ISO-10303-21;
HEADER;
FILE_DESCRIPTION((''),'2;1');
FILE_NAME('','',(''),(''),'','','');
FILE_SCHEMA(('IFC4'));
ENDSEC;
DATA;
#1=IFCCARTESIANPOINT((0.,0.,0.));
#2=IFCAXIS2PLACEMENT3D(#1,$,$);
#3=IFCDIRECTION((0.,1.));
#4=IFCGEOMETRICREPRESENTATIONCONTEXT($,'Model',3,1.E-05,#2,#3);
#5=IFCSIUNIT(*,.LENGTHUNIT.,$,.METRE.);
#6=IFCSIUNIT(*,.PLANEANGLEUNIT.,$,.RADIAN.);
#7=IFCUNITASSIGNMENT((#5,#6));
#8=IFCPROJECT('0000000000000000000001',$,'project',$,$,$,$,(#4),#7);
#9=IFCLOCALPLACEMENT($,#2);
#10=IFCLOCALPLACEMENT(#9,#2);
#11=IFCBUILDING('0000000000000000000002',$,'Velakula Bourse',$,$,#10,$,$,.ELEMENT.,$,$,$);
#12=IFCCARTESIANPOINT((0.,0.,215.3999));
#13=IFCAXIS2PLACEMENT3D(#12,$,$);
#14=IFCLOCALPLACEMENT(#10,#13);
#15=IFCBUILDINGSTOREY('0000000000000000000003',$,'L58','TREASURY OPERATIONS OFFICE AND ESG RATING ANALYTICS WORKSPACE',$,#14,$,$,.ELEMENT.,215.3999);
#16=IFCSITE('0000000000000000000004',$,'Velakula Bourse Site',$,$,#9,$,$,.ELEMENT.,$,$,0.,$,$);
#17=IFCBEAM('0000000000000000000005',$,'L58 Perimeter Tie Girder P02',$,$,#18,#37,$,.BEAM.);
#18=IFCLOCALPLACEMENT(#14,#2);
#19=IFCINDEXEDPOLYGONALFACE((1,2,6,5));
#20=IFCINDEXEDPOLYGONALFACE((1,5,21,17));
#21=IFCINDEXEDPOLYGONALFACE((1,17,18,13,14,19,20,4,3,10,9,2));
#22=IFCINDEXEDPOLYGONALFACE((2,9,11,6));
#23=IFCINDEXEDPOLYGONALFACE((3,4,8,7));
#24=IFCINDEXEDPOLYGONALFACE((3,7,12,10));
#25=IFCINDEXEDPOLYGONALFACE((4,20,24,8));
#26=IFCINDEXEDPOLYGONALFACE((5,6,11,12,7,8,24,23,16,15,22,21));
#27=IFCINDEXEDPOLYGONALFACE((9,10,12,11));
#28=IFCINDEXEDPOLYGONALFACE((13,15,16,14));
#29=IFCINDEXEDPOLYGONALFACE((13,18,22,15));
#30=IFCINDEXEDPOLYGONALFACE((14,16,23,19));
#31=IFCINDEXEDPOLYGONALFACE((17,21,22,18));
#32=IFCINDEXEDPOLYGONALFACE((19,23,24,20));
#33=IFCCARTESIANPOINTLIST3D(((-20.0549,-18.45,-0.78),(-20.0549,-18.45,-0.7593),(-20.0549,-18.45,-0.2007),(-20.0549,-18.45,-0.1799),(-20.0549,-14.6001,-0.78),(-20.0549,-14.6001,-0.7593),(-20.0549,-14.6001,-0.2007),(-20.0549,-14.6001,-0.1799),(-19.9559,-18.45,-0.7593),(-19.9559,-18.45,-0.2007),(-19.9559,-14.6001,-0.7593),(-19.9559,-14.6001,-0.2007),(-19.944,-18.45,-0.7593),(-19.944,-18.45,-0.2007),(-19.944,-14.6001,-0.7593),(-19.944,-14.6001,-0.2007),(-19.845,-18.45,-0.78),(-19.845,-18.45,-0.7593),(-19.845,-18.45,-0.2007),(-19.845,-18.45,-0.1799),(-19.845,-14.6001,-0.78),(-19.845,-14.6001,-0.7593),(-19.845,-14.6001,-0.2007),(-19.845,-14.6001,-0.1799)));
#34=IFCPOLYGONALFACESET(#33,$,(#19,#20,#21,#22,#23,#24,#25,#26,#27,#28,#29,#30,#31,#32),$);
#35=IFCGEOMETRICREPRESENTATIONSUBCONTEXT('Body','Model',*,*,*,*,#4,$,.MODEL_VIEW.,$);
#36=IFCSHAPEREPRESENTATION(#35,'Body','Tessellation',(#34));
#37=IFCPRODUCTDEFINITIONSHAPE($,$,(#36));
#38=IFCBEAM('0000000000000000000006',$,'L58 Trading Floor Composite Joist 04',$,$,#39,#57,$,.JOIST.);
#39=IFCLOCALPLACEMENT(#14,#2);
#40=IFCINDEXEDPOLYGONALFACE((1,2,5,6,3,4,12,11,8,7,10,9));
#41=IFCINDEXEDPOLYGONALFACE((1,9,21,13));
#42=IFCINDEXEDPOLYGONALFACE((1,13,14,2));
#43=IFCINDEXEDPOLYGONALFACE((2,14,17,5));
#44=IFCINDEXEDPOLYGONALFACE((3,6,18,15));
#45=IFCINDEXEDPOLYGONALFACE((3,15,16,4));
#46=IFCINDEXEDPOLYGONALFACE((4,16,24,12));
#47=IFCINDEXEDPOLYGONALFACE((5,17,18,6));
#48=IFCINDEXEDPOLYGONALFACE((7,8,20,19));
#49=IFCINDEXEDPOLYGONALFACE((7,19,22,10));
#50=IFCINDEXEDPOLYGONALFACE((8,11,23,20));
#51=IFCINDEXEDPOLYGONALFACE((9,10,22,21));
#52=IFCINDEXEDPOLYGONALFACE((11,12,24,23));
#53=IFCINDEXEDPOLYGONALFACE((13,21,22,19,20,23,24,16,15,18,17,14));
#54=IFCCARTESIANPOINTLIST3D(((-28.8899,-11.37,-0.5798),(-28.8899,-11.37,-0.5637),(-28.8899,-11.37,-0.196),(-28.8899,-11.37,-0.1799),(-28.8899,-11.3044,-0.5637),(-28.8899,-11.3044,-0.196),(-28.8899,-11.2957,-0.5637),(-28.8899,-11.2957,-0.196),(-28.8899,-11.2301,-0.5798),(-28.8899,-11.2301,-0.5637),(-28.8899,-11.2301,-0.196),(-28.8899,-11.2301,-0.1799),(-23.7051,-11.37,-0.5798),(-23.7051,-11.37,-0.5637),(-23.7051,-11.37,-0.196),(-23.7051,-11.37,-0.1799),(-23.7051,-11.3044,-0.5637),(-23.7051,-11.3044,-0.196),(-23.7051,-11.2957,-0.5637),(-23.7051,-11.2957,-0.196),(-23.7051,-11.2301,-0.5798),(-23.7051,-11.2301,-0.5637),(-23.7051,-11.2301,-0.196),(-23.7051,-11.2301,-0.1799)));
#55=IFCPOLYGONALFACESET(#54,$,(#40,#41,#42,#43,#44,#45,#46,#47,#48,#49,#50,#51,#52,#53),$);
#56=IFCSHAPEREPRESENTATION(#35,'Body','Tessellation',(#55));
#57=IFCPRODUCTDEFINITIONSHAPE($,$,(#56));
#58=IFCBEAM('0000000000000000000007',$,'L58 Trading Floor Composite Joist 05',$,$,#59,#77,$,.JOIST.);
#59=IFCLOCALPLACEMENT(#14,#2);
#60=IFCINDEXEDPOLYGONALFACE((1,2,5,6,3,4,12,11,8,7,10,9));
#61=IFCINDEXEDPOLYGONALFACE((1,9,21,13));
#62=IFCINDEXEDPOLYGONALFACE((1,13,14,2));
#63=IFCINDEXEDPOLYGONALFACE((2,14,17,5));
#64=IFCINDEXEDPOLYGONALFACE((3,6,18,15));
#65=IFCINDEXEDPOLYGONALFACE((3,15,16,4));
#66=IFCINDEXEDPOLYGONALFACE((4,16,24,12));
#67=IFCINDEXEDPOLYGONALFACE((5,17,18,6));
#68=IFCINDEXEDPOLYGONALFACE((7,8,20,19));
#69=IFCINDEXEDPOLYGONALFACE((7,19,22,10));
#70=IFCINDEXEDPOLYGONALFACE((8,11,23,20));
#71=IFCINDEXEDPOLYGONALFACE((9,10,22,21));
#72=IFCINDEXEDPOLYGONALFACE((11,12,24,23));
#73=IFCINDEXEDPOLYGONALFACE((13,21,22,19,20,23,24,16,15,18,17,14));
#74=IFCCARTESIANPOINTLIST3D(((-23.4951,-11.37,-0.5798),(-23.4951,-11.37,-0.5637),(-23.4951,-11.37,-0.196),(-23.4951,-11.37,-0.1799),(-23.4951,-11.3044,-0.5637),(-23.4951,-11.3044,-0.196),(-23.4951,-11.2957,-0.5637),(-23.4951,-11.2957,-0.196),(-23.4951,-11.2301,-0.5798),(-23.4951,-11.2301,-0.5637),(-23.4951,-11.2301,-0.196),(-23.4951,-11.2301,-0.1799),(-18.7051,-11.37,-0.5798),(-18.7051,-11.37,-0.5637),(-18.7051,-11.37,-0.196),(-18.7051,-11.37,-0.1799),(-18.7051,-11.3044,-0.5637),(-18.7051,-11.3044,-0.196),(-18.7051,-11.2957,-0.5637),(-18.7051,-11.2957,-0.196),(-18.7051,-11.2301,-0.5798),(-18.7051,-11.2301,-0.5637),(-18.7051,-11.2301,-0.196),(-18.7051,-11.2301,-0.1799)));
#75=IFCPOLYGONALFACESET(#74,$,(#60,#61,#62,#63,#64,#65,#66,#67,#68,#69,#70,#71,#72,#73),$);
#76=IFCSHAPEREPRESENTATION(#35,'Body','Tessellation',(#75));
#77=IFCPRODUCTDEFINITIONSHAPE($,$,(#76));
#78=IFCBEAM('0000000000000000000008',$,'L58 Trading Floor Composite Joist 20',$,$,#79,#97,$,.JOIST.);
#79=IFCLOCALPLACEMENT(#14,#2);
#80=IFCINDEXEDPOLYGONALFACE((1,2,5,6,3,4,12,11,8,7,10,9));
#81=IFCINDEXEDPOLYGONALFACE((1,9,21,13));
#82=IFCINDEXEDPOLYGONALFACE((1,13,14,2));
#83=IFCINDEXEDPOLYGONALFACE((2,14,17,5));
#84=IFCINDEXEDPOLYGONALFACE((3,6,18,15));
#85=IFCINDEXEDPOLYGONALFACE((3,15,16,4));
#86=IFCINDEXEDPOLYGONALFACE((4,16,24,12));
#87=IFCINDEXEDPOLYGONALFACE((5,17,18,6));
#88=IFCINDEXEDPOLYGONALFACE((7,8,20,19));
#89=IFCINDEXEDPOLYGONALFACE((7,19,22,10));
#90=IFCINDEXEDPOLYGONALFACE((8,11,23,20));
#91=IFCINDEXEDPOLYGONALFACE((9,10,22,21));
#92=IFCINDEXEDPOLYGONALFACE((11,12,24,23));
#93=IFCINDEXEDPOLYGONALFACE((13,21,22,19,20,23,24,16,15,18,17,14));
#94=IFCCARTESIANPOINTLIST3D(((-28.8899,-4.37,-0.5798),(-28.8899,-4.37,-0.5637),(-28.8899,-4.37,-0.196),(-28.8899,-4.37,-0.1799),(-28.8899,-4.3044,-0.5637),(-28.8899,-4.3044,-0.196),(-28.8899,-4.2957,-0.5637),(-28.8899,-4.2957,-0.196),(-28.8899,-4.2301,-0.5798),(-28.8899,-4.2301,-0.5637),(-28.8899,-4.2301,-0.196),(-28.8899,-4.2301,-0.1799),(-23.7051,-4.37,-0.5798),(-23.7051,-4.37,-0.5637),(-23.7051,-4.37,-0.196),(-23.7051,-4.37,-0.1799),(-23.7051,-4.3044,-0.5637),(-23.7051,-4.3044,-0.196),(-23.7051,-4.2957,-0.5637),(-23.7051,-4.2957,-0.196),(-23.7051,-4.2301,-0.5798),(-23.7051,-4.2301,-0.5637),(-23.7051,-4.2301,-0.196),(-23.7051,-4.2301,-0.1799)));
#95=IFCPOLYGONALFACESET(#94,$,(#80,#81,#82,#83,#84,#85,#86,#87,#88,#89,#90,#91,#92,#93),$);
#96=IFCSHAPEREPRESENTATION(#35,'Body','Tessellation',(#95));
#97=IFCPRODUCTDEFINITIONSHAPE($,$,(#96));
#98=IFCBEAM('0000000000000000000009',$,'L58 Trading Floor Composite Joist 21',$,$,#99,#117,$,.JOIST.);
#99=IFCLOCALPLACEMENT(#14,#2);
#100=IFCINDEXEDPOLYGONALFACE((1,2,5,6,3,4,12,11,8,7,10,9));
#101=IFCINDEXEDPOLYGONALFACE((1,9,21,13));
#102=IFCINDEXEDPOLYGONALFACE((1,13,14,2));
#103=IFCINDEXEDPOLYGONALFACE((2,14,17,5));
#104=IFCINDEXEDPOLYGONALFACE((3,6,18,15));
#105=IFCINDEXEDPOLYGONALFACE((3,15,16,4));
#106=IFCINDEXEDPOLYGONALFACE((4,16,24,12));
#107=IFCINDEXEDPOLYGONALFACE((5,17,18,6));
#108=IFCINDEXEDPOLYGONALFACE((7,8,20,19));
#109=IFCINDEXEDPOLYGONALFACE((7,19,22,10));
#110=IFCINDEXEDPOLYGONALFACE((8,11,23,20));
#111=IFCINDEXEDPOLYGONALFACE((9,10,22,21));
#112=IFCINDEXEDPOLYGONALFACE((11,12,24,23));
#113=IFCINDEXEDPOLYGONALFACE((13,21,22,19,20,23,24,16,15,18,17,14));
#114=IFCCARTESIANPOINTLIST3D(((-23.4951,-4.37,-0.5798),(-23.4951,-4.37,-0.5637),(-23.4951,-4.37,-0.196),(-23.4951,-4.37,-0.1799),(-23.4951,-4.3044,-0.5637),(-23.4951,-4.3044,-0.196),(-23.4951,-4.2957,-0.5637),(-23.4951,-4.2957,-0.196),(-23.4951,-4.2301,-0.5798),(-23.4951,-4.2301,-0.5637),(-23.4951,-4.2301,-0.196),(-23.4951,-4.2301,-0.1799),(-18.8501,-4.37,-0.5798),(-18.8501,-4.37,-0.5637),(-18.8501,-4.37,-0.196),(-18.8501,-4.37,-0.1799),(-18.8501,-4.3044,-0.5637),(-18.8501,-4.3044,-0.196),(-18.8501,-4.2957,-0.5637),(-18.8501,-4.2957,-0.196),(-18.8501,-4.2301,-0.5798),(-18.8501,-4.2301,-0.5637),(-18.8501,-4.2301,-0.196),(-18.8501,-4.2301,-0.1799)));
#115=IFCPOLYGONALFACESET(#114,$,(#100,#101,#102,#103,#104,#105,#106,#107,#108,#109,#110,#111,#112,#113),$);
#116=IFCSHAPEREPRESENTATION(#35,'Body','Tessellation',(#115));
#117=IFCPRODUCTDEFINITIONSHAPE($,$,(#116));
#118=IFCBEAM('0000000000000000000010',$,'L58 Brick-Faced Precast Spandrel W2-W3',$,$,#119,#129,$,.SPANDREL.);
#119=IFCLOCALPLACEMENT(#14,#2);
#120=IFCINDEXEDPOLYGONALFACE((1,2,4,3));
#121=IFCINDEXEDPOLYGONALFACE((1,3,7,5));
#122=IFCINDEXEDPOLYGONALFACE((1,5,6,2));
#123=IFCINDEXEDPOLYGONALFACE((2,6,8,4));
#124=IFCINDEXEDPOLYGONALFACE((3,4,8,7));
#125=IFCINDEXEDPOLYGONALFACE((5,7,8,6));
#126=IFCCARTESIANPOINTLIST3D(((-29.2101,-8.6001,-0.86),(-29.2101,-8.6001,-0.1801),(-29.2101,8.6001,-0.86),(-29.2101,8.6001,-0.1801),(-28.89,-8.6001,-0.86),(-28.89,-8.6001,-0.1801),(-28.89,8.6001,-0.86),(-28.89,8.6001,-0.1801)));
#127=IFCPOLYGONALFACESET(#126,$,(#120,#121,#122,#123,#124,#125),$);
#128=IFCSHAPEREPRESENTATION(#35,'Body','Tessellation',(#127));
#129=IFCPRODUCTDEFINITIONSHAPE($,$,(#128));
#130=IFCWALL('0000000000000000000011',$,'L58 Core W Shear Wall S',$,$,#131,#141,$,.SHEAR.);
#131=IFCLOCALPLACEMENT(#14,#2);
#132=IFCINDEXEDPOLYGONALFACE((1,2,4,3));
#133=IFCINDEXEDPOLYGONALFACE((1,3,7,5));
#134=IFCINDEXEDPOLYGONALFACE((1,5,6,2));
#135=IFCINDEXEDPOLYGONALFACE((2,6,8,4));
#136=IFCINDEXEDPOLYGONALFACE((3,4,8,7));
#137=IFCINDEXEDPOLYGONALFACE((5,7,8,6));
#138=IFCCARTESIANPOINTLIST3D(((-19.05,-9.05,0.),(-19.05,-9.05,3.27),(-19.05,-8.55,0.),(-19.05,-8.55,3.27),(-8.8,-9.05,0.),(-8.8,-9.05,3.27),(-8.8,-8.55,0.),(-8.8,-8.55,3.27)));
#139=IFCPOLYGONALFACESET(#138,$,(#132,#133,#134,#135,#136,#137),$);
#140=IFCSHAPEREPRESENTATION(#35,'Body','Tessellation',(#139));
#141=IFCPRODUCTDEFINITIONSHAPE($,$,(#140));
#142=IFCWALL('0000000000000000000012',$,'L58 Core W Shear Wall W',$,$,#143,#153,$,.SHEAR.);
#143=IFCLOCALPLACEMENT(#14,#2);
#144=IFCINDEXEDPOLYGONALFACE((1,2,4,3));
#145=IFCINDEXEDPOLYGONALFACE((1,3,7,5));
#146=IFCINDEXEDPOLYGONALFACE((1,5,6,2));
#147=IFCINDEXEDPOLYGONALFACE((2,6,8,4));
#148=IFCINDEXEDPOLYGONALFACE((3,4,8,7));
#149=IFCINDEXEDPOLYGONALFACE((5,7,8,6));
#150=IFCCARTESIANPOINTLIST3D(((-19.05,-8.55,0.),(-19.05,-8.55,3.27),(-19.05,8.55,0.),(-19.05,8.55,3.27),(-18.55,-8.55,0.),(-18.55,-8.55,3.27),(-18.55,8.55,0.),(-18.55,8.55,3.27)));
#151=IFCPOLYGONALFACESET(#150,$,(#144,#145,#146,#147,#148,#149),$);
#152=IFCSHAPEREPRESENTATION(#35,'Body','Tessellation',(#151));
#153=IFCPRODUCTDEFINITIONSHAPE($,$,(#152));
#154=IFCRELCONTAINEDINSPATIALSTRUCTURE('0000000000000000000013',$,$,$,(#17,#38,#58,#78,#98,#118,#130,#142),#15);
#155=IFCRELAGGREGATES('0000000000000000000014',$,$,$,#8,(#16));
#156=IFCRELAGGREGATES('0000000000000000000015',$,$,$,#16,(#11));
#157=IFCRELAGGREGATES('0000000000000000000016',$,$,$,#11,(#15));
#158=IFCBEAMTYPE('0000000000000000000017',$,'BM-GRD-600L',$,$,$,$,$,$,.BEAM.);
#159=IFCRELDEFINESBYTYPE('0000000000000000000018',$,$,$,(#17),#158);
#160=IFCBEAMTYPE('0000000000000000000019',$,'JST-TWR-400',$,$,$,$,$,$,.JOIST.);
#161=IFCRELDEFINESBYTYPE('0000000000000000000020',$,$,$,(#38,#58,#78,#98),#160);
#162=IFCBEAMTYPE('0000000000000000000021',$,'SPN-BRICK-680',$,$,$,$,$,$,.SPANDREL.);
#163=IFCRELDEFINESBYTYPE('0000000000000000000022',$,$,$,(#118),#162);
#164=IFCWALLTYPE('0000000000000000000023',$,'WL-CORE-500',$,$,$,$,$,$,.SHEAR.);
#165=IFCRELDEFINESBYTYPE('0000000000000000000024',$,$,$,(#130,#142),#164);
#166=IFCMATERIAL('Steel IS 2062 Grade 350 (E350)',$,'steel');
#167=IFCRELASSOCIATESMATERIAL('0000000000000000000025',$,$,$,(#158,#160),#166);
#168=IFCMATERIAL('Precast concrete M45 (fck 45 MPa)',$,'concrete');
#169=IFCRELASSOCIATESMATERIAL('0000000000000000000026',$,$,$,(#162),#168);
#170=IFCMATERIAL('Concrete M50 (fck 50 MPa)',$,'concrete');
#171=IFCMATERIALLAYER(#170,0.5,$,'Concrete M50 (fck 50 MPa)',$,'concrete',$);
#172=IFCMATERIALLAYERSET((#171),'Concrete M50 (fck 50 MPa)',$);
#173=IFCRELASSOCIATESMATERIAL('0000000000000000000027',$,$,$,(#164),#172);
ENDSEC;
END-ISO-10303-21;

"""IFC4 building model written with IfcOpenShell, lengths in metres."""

from ifc_helpers import new_model, si_unit, direction, frame, frame_2d, origin, origin_2d, place, context, subcontext, project, spatial, rectangle, i_section, extrude, material, layer, layer_set, material_profile, profile_set, type_object, element, save


model = new_model("IFC4")

# Units and contexts
model_context = context("Model", 3, precision=1e-05, world=origin(), true_north=direction((0.0, 1.0)))
body_context = subcontext(model_context, "Body", "Model", "MODEL_VIEW")
ifc_project = project(units=[si_unit("LENGTHUNIT", "METRE"), si_unit("PLANEANGLEUNIT", "RADIAN")], contexts=[model_context])

# Site, building, storey
site_placement = place(None, origin())
site = spatial("IfcSite", under=ifc_project, at=site_placement, Name="Velakula Bourse Site", CompositionType="ELEMENT", RefElevation=0.0)
building_placement = place(site_placement, origin())
building = spatial("IfcBuilding", under=site, at=building_placement, Name="Velakula Bourse", CompositionType="ELEMENT")
storey_placement = place(building_placement, frame((0.0, 0.0, 215.3999)))
storey = spatial("IfcBuildingStorey", under=building, at=storey_placement, Name="L58", Description="TREASURY OPERATIONS OFFICE AND ESG RATING ANALYTICS WORKSPACE", CompositionType="ELEMENT", Elevation=215.3999)

# Shared definitions
ifc_material_1 = material(Name="Steel IS 2062 Grade 350 (E350)", Category="steel")

# Beams
ifc_material_profile_1 = material_profile(ifc_material_1, i_section(OverallWidth=0.21, OverallDepth=0.6001, WebThickness=0.012, FlangeThickness=0.0208, at=origin_2d()), Name="Steel IS 2062 Grade 350 (E350)")
ifc_profile_set_1 = profile_set([ifc_material_profile_1], Name="Steel IS 2062 Grade 350 (E350)")
beam_type_1 = type_object("IfcBeamType", Name="BM-GRD-600L", PredefinedType="BEAM", material=ifc_profile_set_1)
for number, where, z_axis, x_axis, name in (
    (1, (-19.95, -14.6001, -0.48), (0.0, -1.0, 0.0), (1.0, 0.0, 0.0), "L58 Perimeter Tie Girder P02"),
):
    element("IfcBeam", number, at=place(storey_placement, frame(where, z_axis=z_axis, x_axis=x_axis)), inside=storey, type_object=beam_type_1, Name=name, PredefinedType="BEAM", context=body_context, shape_type="SweptSolid", body=[
        extrude(i_section(OverallWidth=0.21, OverallDepth=0.6001, WebThickness=0.012, FlangeThickness=0.0208, at=origin_2d()), origin(), (0.0, 0.0, 1.0), 3.8499),
    ])
ifc_material_profile_2 = material_profile(ifc_material_1, i_section(OverallWidth=0.1399, OverallDepth=0.3999, WebThickness=0.0088, FlangeThickness=0.0161, at=origin_2d()), Name="Steel IS 2062 Grade 350 (E350)")
ifc_profile_set_2 = profile_set([ifc_material_profile_2], Name="Steel IS 2062 Grade 350 (E350)")
beam_type_2 = type_object("IfcBeamType", Name="JST-TWR-400", PredefinedType="JOIST", material=ifc_profile_set_2)
beam_1_placement = place(storey_placement, frame((-28.8899, -11.3, -0.3799), z_axis=(1.0, 0.0, 0.0), x_axis=(0.0, 1.0, 0.0)))
element("IfcBeam", 2, at=beam_1_placement, inside=storey, type_object=beam_type_2, Name="L58 Trading Floor Composite Joist 04", PredefinedType="JOIST", context=body_context, shape_type="SweptSolid", body=[
    extrude(i_section(OverallWidth=0.1399, OverallDepth=0.3999, WebThickness=0.0088, FlangeThickness=0.0161, at=origin_2d()), origin(), (0.0, 0.0, 1.0), 5.1848),
])
beam_2_placement = place(storey_placement, frame((-23.4951, -11.3, -0.3799), z_axis=(1.0, 0.0, 0.0), x_axis=(0.0, 1.0, 0.0)))
element("IfcBeam", 3, at=beam_2_placement, inside=storey, type_object=beam_type_2, Name="L58 Trading Floor Composite Joist 05", PredefinedType="JOIST", context=body_context, shape_type="SweptSolid", body=[
    extrude(i_section(OverallWidth=0.1399, OverallDepth=0.3999, WebThickness=0.0088, FlangeThickness=0.0161, at=origin_2d()), origin(), (0.0, 0.0, 1.0), 4.79),
])
beam_3_placement = place(storey_placement, frame((-28.8899, -4.3, -0.3799), z_axis=(1.0, 0.0, 0.0), x_axis=(0.0, 1.0, 0.0)))
element("IfcBeam", 4, at=beam_3_placement, inside=storey, type_object=beam_type_2, Name="L58 Trading Floor Composite Joist 20", PredefinedType="JOIST", context=body_context, shape_type="SweptSolid", body=[
    extrude(i_section(OverallWidth=0.1399, OverallDepth=0.3999, WebThickness=0.0088, FlangeThickness=0.0161, at=origin_2d()), origin(), (0.0, 0.0, 1.0), 5.1848),
])
beam_4_placement = place(storey_placement, frame((-23.4951, -4.3, -0.3799), z_axis=(1.0, 0.0, 0.0), x_axis=(0.0, 1.0, 0.0)))
element("IfcBeam", 5, at=beam_4_placement, inside=storey, type_object=beam_type_2, Name="L58 Trading Floor Composite Joist 21", PredefinedType="JOIST", context=body_context, shape_type="SweptSolid", body=[
    extrude(i_section(OverallWidth=0.1399, OverallDepth=0.3999, WebThickness=0.0088, FlangeThickness=0.0161, at=origin_2d()), origin(), (0.0, 0.0, 1.0), 4.645),
])
ifc_material_2 = material(Name="Precast concrete M45 (fck 45 MPa)", Category="concrete")
ifc_material_profile_3 = material_profile(ifc_material_2, rectangle(XDim=0.3201, YDim=0.6799, at=origin_2d()), Name="Precast concrete M45 (fck 45 MPa)")
ifc_profile_set_3 = profile_set([ifc_material_profile_3], Name="Precast concrete M45 (fck 45 MPa)")
beam_type_3 = type_object("IfcBeamType", Name="SPN-BRICK-680", PredefinedType="SPANDREL", material=ifc_profile_set_3)
beam_5_placement = place(storey_placement, frame((-29.05, -8.6001, -0.52), z_axis=(0.0, 1.0, 0.0), x_axis=(-1.0, 0.0, 0.0)))
element("IfcBeam", 6, at=beam_5_placement, inside=storey, type_object=beam_type_3, Name="L58 Brick-Faced Precast Spandrel W2-W3", PredefinedType="SPANDREL", context=body_context, shape_type="SweptSolid", body=[
    extrude(rectangle(XDim=0.3201, YDim=0.6799, at=origin_2d()), origin(), (0.0, 0.0, 1.0), 17.2002),
])

# Walls
ifc_material_3 = material(Name="Concrete M50 (fck 50 MPa)", Category="concrete")
ifc_layer_1 = layer(ifc_material_3, 0.5, Name="Concrete M50 (fck 50 MPa)", Category="concrete")
ifc_layer_set_1 = layer_set([ifc_layer_1], Name="Concrete M50 (fck 50 MPa)")
wall_type_1 = type_object("IfcWallType", Name="WL-CORE-500", PredefinedType="SHEAR", material=ifc_layer_set_1)
wall_1_placement = place(storey_placement, frame((-19.05, -8.8, 0.0), z_axis=(0.0, 0.0, 1.0), x_axis=(1.0, 0.0, 0.0)))
element("IfcWall", 7, at=wall_1_placement, inside=storey, type_object=wall_type_1, Name="L58 Core W Shear Wall S", PredefinedType="SHEAR", context=body_context, shape_type="SweptSolid", body=[
    extrude(rectangle(XDim=10.25, YDim=0.5, at=frame_2d((5.125, 0.0))), origin(), (0.0, 0.0, 1.0), 3.27),
])
wall_2_placement = place(storey_placement, frame((-18.8, -8.55, 0.0), z_axis=(0.0, 0.0, 1.0), x_axis=(0.0, 1.0, 0.0)))
element("IfcWall", 8, at=wall_2_placement, inside=storey, type_object=wall_type_1, Name="L58 Core W Shear Wall W", PredefinedType="SHEAR", context=body_context, shape_type="SweptSolid", body=[
    extrude(rectangle(XDim=17.1001, YDim=0.5, at=frame_2d((8.55, 0.0))), origin(), (0.0, 0.0, 1.0), 3.27),
])

save(model, "model.ifc")
